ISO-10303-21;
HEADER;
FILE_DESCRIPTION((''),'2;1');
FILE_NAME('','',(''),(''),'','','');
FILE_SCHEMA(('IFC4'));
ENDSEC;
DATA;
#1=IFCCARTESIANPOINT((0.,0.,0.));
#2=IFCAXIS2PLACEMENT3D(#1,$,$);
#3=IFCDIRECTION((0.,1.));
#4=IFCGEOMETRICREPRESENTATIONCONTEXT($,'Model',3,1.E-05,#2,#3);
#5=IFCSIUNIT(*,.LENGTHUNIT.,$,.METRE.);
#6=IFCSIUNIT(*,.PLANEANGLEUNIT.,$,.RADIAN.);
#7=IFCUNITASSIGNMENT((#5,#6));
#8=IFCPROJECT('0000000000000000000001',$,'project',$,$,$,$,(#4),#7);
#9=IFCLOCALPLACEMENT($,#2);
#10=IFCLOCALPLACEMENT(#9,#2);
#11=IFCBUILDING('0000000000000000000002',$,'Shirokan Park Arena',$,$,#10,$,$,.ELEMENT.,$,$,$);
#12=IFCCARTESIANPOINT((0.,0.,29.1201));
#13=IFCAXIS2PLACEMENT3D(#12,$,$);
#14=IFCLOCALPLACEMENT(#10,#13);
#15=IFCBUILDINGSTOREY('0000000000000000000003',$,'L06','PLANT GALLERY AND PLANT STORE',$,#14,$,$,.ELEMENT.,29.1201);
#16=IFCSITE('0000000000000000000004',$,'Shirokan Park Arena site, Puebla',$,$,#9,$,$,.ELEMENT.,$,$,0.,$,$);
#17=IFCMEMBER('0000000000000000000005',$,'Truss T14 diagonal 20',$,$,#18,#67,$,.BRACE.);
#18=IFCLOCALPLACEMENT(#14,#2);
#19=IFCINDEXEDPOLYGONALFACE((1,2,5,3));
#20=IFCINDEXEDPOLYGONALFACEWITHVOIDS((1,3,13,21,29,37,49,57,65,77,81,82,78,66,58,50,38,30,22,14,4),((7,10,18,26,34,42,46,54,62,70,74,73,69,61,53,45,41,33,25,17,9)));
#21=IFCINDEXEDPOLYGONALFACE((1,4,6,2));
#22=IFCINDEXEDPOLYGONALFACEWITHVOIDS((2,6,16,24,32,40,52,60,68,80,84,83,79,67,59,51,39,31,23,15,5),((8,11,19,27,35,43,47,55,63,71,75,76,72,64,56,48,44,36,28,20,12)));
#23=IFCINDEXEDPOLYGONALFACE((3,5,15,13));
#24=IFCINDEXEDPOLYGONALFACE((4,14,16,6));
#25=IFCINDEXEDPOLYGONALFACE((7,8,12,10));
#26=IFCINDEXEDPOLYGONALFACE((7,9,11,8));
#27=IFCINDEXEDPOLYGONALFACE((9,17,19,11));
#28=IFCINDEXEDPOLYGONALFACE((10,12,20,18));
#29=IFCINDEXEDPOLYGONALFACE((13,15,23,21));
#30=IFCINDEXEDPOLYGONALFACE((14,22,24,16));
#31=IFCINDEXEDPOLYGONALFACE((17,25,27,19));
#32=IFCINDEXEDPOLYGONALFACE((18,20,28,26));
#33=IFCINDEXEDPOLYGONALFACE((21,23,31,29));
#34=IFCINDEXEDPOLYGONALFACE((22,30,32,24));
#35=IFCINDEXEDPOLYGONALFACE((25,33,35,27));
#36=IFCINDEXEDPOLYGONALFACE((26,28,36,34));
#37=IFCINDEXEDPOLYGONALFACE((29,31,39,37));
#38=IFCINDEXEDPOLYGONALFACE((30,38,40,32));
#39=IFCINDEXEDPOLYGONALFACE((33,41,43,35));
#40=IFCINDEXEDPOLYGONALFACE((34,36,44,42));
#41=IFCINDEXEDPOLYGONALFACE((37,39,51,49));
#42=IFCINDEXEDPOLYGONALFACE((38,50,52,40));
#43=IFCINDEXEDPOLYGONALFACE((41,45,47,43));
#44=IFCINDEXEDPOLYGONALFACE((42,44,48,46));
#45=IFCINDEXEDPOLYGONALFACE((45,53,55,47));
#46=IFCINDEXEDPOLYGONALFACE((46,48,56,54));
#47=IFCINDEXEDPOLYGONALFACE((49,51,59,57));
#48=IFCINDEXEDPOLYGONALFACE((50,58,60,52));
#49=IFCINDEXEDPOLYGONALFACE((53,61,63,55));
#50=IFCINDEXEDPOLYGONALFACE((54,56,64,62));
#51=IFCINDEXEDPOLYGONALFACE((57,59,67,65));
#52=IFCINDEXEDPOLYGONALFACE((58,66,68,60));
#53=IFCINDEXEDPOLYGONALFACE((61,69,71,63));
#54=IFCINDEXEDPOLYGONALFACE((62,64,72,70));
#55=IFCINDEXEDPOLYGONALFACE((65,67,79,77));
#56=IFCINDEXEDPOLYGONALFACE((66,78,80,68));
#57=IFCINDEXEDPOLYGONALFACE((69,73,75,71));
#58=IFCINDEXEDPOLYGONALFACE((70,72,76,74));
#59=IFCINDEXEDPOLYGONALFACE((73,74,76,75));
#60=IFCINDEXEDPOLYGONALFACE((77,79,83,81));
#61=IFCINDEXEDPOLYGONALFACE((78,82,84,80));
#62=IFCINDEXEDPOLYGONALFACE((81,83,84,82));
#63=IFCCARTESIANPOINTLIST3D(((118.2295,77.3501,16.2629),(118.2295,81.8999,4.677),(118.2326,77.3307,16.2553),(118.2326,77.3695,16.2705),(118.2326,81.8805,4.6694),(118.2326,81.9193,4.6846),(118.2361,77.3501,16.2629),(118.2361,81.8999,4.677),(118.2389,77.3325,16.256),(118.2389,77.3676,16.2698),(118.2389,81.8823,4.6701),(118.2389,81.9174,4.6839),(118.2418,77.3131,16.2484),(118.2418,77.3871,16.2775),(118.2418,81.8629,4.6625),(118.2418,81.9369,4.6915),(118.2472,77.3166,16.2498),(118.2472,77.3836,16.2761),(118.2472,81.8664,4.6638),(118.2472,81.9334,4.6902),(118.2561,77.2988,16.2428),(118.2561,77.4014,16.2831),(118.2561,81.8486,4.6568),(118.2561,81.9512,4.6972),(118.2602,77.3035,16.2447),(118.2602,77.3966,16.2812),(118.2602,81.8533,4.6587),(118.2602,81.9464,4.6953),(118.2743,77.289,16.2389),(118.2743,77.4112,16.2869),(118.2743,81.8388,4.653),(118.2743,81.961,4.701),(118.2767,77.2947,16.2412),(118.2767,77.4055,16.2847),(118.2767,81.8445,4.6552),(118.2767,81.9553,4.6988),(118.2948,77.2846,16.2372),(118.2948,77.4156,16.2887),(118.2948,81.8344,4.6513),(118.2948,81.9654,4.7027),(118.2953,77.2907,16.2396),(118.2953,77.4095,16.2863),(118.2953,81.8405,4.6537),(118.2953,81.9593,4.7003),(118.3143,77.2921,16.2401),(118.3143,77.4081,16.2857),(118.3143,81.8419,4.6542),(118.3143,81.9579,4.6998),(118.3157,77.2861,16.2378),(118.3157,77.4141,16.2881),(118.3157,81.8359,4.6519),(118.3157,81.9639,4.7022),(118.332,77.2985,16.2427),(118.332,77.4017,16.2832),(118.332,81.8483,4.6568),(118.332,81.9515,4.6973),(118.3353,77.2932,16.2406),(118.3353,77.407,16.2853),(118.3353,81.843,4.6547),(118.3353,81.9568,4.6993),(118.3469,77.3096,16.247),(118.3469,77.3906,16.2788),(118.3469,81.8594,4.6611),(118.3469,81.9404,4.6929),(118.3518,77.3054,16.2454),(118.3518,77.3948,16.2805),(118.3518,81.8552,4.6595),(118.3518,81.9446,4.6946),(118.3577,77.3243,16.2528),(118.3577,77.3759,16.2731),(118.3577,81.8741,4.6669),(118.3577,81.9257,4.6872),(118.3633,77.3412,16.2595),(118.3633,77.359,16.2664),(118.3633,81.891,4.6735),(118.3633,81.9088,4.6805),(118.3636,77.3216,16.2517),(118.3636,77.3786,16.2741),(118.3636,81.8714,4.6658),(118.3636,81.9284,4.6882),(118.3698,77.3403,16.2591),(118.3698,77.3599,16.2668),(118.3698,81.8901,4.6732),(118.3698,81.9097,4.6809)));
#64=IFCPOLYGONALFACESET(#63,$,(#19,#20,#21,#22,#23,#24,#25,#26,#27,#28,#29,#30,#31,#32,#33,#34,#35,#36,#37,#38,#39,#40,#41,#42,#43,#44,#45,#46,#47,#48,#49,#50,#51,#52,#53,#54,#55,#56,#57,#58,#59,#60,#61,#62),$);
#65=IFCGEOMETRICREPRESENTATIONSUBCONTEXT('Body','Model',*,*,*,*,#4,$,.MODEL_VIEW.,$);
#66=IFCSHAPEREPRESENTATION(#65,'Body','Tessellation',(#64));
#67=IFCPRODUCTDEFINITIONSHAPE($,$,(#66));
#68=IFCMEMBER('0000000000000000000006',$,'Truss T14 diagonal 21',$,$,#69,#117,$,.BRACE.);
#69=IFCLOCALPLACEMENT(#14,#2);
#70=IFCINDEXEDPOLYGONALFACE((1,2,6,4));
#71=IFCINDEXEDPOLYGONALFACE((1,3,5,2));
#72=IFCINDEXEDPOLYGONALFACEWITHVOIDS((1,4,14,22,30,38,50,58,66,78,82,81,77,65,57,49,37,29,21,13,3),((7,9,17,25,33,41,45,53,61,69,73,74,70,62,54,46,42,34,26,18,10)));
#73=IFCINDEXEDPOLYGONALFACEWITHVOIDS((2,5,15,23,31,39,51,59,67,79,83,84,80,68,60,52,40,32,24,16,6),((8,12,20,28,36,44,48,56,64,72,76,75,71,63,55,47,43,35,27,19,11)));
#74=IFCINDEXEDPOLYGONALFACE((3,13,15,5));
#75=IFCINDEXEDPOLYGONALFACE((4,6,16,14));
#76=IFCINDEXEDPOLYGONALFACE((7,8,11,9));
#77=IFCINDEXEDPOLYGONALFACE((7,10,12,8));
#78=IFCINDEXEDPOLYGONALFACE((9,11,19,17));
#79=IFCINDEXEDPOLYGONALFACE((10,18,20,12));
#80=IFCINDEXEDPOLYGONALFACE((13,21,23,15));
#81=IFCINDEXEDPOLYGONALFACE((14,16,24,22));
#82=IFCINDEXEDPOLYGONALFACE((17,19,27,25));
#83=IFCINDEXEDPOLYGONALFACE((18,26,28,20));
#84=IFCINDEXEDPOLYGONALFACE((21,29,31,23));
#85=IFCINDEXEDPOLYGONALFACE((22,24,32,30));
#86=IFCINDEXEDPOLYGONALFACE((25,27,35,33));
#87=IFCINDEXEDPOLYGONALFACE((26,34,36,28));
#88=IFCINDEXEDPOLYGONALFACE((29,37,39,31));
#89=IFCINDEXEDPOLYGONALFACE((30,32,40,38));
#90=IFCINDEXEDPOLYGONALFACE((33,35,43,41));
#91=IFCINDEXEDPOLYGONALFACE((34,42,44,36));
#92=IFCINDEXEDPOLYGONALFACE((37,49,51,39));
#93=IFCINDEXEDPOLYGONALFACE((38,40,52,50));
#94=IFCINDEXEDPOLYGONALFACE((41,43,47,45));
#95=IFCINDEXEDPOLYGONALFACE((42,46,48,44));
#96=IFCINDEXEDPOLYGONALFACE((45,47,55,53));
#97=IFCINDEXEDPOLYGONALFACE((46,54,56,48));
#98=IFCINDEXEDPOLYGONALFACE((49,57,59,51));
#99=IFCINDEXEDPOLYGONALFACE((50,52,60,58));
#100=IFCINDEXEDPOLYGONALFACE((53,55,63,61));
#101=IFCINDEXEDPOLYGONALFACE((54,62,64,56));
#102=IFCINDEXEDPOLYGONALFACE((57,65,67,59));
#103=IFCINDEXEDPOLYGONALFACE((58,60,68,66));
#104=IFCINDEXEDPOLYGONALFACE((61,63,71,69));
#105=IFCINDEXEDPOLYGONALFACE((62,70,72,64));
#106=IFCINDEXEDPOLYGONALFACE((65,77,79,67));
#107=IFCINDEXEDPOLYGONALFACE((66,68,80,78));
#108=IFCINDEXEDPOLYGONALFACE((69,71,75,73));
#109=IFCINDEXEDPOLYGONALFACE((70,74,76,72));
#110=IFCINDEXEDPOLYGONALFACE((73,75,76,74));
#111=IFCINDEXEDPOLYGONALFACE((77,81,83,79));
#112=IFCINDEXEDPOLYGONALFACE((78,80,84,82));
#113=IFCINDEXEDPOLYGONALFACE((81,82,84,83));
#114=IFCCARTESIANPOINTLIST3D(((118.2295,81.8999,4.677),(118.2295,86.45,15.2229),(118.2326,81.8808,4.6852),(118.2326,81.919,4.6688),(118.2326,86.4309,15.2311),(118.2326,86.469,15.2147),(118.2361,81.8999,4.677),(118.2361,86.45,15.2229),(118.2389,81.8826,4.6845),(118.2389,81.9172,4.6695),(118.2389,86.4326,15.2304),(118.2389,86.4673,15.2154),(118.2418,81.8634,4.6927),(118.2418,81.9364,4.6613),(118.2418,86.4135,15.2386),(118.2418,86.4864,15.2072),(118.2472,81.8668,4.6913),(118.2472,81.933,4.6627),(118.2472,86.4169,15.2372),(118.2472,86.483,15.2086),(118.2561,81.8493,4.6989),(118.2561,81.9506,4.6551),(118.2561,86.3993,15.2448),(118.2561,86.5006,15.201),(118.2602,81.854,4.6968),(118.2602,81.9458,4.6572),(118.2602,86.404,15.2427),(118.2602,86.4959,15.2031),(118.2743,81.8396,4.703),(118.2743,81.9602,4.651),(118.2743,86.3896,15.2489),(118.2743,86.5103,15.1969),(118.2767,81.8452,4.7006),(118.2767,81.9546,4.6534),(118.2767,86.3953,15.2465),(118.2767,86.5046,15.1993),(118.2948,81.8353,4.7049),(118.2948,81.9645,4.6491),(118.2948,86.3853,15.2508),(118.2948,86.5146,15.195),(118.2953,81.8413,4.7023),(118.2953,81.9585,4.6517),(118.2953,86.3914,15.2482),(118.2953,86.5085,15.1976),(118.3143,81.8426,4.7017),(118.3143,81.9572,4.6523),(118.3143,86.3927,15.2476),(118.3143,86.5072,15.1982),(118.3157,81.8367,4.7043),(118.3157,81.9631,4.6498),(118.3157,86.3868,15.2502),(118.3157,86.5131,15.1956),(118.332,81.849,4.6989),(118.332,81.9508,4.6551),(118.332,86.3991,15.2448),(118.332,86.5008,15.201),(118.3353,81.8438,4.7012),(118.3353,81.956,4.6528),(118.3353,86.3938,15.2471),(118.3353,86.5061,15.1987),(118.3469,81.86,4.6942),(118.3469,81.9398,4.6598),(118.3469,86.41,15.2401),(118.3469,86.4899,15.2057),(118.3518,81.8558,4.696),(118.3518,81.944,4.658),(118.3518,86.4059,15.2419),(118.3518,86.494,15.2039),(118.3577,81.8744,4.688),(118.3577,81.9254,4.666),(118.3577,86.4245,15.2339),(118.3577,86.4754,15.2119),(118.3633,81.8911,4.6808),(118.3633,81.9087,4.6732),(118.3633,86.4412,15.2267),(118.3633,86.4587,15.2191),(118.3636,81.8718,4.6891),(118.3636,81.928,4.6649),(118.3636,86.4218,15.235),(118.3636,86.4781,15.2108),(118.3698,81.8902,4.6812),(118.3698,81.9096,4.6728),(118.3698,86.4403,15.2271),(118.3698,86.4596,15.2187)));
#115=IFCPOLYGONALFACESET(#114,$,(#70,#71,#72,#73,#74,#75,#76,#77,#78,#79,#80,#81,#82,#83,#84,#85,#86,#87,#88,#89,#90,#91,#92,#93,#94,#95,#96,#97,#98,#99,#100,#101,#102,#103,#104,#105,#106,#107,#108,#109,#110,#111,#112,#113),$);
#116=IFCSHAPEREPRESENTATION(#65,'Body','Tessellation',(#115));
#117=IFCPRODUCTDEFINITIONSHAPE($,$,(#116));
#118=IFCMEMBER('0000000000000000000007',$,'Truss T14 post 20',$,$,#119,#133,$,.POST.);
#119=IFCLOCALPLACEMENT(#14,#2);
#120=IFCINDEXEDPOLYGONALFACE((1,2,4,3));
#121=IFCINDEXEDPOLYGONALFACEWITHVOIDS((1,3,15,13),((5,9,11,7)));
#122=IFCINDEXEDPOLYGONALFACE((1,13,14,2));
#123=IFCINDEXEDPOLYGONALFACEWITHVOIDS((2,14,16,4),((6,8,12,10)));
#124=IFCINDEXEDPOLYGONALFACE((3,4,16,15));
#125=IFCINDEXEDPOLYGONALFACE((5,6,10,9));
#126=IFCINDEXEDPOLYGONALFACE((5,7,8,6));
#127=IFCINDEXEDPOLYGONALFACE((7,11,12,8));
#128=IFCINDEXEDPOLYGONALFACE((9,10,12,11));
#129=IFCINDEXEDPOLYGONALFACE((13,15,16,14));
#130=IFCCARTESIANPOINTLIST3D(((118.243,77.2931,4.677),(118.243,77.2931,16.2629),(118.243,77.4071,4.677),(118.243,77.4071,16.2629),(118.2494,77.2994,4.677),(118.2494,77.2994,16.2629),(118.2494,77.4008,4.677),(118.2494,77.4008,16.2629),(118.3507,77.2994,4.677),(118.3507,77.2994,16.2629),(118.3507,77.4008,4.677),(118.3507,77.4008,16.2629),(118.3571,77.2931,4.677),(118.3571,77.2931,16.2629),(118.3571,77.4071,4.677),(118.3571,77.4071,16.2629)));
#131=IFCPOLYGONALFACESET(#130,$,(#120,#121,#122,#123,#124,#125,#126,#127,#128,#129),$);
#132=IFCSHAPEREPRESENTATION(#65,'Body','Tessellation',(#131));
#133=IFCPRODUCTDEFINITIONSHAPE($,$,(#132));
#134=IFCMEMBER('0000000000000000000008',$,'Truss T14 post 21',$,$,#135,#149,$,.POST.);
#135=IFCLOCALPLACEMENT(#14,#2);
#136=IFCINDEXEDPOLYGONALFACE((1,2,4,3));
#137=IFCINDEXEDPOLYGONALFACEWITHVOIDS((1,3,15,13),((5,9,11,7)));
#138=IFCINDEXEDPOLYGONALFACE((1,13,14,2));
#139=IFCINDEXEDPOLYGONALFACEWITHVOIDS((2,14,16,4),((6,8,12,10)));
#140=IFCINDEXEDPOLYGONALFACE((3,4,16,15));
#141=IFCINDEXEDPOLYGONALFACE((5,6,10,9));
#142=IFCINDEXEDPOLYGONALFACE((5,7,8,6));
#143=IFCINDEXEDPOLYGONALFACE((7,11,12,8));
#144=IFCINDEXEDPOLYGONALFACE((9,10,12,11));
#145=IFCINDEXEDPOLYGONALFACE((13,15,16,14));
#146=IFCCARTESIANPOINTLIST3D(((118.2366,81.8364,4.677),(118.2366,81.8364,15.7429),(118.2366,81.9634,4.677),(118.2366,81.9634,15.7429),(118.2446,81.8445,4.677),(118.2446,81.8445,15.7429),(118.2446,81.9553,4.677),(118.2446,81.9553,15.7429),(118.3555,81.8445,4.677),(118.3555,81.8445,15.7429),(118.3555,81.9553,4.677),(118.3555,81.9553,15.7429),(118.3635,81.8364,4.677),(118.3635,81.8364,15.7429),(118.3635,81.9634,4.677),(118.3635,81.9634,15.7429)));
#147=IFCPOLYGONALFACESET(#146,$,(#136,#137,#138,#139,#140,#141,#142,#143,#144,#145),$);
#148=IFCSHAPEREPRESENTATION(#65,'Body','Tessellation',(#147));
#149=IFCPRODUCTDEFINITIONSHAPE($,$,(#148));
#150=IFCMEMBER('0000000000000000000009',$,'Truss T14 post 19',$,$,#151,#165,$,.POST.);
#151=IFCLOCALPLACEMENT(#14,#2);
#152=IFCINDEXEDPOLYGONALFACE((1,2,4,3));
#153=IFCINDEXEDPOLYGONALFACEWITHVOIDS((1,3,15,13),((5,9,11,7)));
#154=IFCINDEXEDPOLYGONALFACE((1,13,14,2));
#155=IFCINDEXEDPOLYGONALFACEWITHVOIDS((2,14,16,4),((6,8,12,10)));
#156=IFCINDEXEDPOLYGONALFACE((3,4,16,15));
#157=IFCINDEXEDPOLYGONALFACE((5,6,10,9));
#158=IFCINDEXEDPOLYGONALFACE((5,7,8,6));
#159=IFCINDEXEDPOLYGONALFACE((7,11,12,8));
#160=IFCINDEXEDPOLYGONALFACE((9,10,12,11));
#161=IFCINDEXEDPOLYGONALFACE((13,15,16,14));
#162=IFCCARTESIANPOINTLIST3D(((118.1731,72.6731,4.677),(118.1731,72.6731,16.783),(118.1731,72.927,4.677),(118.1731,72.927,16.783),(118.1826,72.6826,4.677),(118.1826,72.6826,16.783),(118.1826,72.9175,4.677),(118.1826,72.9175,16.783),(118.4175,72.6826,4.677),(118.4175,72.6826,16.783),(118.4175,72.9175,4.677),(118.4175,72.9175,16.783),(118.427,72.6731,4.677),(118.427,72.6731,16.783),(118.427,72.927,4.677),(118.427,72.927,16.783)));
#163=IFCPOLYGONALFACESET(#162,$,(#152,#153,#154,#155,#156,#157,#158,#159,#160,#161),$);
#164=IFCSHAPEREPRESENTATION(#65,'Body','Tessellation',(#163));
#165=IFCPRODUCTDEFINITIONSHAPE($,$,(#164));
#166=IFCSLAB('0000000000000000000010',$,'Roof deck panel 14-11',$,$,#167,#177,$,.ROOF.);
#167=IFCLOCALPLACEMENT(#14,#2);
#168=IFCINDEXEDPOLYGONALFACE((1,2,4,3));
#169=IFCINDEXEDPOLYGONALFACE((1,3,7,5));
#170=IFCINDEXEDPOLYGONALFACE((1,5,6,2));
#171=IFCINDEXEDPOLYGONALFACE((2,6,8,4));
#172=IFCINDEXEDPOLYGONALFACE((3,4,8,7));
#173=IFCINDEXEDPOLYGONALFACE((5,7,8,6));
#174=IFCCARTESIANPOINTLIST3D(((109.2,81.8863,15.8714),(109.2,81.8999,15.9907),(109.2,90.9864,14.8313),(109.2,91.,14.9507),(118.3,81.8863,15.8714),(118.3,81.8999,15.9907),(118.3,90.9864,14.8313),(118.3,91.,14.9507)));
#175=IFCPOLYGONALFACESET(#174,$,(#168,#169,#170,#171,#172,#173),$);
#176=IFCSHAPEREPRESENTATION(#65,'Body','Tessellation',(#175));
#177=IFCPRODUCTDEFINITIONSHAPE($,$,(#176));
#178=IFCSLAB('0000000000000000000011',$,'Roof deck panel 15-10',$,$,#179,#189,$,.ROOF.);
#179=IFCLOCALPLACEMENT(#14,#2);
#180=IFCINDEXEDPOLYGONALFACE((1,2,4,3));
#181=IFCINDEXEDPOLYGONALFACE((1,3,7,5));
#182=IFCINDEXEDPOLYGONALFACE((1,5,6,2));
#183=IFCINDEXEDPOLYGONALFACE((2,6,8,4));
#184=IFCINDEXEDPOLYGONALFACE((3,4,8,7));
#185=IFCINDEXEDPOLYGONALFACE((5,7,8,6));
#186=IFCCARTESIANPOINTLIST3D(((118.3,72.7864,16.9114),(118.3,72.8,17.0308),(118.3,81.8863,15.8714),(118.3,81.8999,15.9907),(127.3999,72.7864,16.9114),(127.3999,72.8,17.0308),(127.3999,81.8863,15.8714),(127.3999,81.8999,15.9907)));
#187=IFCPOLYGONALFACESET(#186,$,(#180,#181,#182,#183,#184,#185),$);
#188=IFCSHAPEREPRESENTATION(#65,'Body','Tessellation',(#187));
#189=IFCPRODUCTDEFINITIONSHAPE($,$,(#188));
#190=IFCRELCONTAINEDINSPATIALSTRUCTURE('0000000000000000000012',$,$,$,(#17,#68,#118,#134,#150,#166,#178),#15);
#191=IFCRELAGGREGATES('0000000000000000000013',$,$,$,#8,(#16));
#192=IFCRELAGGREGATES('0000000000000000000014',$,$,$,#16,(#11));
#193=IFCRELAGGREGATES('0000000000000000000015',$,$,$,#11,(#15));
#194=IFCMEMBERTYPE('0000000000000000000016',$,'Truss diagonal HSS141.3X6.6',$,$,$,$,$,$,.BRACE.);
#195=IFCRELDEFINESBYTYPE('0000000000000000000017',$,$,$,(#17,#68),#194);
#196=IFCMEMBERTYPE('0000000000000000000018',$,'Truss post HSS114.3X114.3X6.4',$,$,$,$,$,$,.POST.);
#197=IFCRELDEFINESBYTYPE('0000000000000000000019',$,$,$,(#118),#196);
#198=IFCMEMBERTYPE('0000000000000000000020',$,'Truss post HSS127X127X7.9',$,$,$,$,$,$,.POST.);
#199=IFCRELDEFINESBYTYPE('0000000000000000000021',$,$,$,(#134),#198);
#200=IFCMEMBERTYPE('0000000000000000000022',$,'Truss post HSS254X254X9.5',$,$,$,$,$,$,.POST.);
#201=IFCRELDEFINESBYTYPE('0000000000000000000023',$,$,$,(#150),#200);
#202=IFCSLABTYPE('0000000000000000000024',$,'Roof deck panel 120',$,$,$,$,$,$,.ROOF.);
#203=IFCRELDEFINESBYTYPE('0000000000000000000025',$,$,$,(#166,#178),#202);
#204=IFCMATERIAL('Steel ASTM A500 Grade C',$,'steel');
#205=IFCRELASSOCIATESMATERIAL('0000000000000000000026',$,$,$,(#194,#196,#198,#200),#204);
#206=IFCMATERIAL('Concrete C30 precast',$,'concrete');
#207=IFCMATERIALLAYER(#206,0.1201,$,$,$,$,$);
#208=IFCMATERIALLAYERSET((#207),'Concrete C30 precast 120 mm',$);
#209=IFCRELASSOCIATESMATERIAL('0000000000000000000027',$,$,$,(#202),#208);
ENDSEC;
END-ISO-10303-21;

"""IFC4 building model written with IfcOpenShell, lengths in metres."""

from ifc_helpers import new_model, si_unit, direction, frame, origin, origin_2d, place, context, subcontext, project, spatial, polyline, hollow_rectangle, hollow_circle, outline, extrude, material, layer, layer_set, material_profile, profile_set, type_object, element, save


model = new_model("IFC4")

# Units and contexts
model_context = context("Model", 3, precision=1e-05, world=origin(), true_north=direction((0.0, 1.0)))
body_context = subcontext(model_context, "Body", "Model", "MODEL_VIEW")
ifc_project = project(units=[si_unit("LENGTHUNIT", "METRE"), si_unit("PLANEANGLEUNIT", "RADIAN")], contexts=[model_context])

# Site, building, storey
site_placement = place(None, origin())
site = spatial("IfcSite", under=ifc_project, at=site_placement, Name="Shirokan Park Arena site, Puebla", CompositionType="ELEMENT", RefElevation=0.0)
building_placement = place(site_placement, origin())
building = spatial("IfcBuilding", under=site, at=building_placement, Name="Shirokan Park Arena", CompositionType="ELEMENT")
storey_placement = place(building_placement, frame((0.0, 0.0, 29.1201)))
storey = spatial("IfcBuildingStorey", under=building, at=storey_placement, Name="L06", Description="PLANT GALLERY AND PLANT STORE", CompositionType="ELEMENT", Elevation=29.1201)

# Members
ifc_material_1 = material(Name="Steel ASTM A500 Grade C", Category="steel")
ifc_material_profile_1 = material_profile(ifc_material_1, hollow_circle(Radius=0.0706, WallThickness=0.0066, at=origin_2d()), Name="HSS141.3X6.6")
ifc_profile_set_1 = profile_set([ifc_material_profile_1], Name="Steel ASTM A500 Grade C")
member_type_1 = type_object("IfcMemberType", Name="Truss diagonal HSS141.3X6.6", PredefinedType="BRACE", material=ifc_profile_set_1)
member_1_placement = place(storey_placement, frame((118.3, 77.3501, 16.2629), z_axis=(0.0, 0.365526, -0.930801), x_axis=(-1.0, 0.0, 0.0)))
element("IfcMember", 1, at=member_1_placement, inside=storey, type_object=member_type_1, Name="Truss T14 diagonal 20", PredefinedType="BRACE", context=body_context, shape_type="SweptSolid", body=[
    extrude(hollow_circle(Radius=0.0706, WallThickness=0.0066, at=origin_2d()), origin(), (0.0, 0.0, 1.0), 12.4473),
])
member_2_placement = place(storey_placement, frame((118.3, 81.8999, 4.677), z_axis=(0.0, 0.396153, 0.918185), x_axis=(-1.0, 0.0, 0.0)))
element("IfcMember", 2, at=member_2_placement, inside=storey, type_object=member_type_1, Name="Truss T14 diagonal 21", PredefinedType="BRACE", context=body_context, shape_type="SweptSolid", body=[
    extrude(hollow_circle(Radius=0.0706, WallThickness=0.0066, at=origin_2d()), origin(), (0.0, 0.0, 1.0), 11.4856),
])
ifc_material_profile_2 = material_profile(ifc_material_1, hollow_rectangle(XDim=0.114, YDim=0.114, WallThickness=0.0063, at=origin_2d()), Name="HSS114.3X114.3X6.4")
ifc_profile_set_2 = profile_set([ifc_material_profile_2], Name="Steel ASTM A500 Grade C")
member_type_2 = type_object("IfcMemberType", Name="Truss post HSS114.3X114.3X6.4", PredefinedType="POST", material=ifc_profile_set_2)
member_3_placement = place(storey_placement, frame((118.3, 77.3501, 4.677), z_axis=(0.0, 0.0, 1.0), x_axis=(1.0, 0.0, 0.0)))
element("IfcMember", 3, at=member_3_placement, inside=storey, type_object=member_type_2, Name="Truss T14 post 20", PredefinedType="POST", context=body_context, shape_type="SweptSolid", body=[
    extrude(hollow_rectangle(XDim=0.114, YDim=0.114, WallThickness=0.0063, at=origin_2d()), origin(), (0.0, 0.0, 1.0), 11.5859),
])
ifc_material_profile_3 = material_profile(ifc_material_1, hollow_rectangle(XDim=0.127, YDim=0.127, WallThickness=0.0081, at=origin_2d()), Name="HSS127X127X7.9")
ifc_profile_set_3 = profile_set([ifc_material_profile_3], Name="Steel ASTM A500 Grade C")
member_type_3 = type_object("IfcMemberType", Name="Truss post HSS127X127X7.9", PredefinedType="POST", material=ifc_profile_set_3)
member_4_placement = place(storey_placement, frame((118.3, 81.8999, 4.677), z_axis=(0.0, 0.0, 1.0), x_axis=(1.0, 0.0, 0.0)))
element("IfcMember", 4, at=member_4_placement, inside=storey, type_object=member_type_3, Name="Truss T14 post 21", PredefinedType="POST", context=body_context, shape_type="SweptSolid", body=[
    extrude(hollow_rectangle(XDim=0.127, YDim=0.127, WallThickness=0.0081, at=origin_2d()), origin(), (0.0, 0.0, 1.0), 11.0659),
])
ifc_material_profile_4 = material_profile(ifc_material_1, hollow_rectangle(XDim=0.2539, YDim=0.2539, WallThickness=0.0095, at=origin_2d()), Name="HSS254X254X9.5")
ifc_profile_set_4 = profile_set([ifc_material_profile_4], Name="Steel ASTM A500 Grade C")
member_type_4 = type_object("IfcMemberType", Name="Truss post HSS254X254X9.5", PredefinedType="POST", material=ifc_profile_set_4)
member_5_placement = place(storey_placement, frame((118.3, 72.8, 4.677), z_axis=(0.0, 0.0, 1.0), x_axis=(1.0, 0.0, 0.0)))
element("IfcMember", 5, at=member_5_placement, inside=storey, type_object=member_type_4, Name="Truss T14 post 19", PredefinedType="POST", context=body_context, shape_type="SweptSolid", body=[
    extrude(hollow_rectangle(XDim=0.2539, YDim=0.2539, WallThickness=0.0095, at=origin_2d()), origin(), (0.0, 0.0, 1.0), 12.106),
])

# Slabs
ifc_material_2 = material(Name="Concrete C30 precast", Category="concrete")
ifc_layer_1 = layer(ifc_material_2, 0.1201)
ifc_layer_set_1 = layer_set([ifc_layer_1], Name="Concrete C30 precast 120 mm")
slab_type = type_object("IfcSlabType", Name="Roof deck panel 120", PredefinedType="ROOF", material=ifc_layer_set_1)
slab_1_placement = place(storey_placement, frame((109.2, 81.8999, 15.9907), z_axis=(0.0, 0.11355, 0.993532), x_axis=(1.0, 0.0, 0.0)))
element("IfcSlab", 6, at=slab_1_placement, inside=storey, type_object=slab_type, Name="Roof deck panel 14-11", PredefinedType="ROOF", context=body_context, shape_type="SweptSolid", body=[
    extrude(outline(polyline([(0.0, 0.0), (9.1001, 0.0), (9.1001, 9.1593), (0.0, 9.1593), (0.0, 0.0)])), origin(), (0.0, 0.0, -1.0), 0.1201),
])
slab_2_placement = place(storey_placement, frame((118.3, 72.8, 17.0308), z_axis=(0.0, 0.113553, 0.993532), x_axis=(1.0, 0.0, 0.0)))
element("IfcSlab", 7, at=slab_2_placement, inside=storey, type_object=slab_type, Name="Roof deck panel 15-10", PredefinedType="ROOF", context=body_context, shape_type="SweptSolid", body=[
    extrude(outline(polyline([(0.0, 0.0), (9.0999, 0.0), (9.0999, 9.1591), (0.0, 9.1591), (0.0, 0.0)])), origin(), (0.0, 0.0, -1.0), 0.1201),
])

save(model, "model.ifc")
